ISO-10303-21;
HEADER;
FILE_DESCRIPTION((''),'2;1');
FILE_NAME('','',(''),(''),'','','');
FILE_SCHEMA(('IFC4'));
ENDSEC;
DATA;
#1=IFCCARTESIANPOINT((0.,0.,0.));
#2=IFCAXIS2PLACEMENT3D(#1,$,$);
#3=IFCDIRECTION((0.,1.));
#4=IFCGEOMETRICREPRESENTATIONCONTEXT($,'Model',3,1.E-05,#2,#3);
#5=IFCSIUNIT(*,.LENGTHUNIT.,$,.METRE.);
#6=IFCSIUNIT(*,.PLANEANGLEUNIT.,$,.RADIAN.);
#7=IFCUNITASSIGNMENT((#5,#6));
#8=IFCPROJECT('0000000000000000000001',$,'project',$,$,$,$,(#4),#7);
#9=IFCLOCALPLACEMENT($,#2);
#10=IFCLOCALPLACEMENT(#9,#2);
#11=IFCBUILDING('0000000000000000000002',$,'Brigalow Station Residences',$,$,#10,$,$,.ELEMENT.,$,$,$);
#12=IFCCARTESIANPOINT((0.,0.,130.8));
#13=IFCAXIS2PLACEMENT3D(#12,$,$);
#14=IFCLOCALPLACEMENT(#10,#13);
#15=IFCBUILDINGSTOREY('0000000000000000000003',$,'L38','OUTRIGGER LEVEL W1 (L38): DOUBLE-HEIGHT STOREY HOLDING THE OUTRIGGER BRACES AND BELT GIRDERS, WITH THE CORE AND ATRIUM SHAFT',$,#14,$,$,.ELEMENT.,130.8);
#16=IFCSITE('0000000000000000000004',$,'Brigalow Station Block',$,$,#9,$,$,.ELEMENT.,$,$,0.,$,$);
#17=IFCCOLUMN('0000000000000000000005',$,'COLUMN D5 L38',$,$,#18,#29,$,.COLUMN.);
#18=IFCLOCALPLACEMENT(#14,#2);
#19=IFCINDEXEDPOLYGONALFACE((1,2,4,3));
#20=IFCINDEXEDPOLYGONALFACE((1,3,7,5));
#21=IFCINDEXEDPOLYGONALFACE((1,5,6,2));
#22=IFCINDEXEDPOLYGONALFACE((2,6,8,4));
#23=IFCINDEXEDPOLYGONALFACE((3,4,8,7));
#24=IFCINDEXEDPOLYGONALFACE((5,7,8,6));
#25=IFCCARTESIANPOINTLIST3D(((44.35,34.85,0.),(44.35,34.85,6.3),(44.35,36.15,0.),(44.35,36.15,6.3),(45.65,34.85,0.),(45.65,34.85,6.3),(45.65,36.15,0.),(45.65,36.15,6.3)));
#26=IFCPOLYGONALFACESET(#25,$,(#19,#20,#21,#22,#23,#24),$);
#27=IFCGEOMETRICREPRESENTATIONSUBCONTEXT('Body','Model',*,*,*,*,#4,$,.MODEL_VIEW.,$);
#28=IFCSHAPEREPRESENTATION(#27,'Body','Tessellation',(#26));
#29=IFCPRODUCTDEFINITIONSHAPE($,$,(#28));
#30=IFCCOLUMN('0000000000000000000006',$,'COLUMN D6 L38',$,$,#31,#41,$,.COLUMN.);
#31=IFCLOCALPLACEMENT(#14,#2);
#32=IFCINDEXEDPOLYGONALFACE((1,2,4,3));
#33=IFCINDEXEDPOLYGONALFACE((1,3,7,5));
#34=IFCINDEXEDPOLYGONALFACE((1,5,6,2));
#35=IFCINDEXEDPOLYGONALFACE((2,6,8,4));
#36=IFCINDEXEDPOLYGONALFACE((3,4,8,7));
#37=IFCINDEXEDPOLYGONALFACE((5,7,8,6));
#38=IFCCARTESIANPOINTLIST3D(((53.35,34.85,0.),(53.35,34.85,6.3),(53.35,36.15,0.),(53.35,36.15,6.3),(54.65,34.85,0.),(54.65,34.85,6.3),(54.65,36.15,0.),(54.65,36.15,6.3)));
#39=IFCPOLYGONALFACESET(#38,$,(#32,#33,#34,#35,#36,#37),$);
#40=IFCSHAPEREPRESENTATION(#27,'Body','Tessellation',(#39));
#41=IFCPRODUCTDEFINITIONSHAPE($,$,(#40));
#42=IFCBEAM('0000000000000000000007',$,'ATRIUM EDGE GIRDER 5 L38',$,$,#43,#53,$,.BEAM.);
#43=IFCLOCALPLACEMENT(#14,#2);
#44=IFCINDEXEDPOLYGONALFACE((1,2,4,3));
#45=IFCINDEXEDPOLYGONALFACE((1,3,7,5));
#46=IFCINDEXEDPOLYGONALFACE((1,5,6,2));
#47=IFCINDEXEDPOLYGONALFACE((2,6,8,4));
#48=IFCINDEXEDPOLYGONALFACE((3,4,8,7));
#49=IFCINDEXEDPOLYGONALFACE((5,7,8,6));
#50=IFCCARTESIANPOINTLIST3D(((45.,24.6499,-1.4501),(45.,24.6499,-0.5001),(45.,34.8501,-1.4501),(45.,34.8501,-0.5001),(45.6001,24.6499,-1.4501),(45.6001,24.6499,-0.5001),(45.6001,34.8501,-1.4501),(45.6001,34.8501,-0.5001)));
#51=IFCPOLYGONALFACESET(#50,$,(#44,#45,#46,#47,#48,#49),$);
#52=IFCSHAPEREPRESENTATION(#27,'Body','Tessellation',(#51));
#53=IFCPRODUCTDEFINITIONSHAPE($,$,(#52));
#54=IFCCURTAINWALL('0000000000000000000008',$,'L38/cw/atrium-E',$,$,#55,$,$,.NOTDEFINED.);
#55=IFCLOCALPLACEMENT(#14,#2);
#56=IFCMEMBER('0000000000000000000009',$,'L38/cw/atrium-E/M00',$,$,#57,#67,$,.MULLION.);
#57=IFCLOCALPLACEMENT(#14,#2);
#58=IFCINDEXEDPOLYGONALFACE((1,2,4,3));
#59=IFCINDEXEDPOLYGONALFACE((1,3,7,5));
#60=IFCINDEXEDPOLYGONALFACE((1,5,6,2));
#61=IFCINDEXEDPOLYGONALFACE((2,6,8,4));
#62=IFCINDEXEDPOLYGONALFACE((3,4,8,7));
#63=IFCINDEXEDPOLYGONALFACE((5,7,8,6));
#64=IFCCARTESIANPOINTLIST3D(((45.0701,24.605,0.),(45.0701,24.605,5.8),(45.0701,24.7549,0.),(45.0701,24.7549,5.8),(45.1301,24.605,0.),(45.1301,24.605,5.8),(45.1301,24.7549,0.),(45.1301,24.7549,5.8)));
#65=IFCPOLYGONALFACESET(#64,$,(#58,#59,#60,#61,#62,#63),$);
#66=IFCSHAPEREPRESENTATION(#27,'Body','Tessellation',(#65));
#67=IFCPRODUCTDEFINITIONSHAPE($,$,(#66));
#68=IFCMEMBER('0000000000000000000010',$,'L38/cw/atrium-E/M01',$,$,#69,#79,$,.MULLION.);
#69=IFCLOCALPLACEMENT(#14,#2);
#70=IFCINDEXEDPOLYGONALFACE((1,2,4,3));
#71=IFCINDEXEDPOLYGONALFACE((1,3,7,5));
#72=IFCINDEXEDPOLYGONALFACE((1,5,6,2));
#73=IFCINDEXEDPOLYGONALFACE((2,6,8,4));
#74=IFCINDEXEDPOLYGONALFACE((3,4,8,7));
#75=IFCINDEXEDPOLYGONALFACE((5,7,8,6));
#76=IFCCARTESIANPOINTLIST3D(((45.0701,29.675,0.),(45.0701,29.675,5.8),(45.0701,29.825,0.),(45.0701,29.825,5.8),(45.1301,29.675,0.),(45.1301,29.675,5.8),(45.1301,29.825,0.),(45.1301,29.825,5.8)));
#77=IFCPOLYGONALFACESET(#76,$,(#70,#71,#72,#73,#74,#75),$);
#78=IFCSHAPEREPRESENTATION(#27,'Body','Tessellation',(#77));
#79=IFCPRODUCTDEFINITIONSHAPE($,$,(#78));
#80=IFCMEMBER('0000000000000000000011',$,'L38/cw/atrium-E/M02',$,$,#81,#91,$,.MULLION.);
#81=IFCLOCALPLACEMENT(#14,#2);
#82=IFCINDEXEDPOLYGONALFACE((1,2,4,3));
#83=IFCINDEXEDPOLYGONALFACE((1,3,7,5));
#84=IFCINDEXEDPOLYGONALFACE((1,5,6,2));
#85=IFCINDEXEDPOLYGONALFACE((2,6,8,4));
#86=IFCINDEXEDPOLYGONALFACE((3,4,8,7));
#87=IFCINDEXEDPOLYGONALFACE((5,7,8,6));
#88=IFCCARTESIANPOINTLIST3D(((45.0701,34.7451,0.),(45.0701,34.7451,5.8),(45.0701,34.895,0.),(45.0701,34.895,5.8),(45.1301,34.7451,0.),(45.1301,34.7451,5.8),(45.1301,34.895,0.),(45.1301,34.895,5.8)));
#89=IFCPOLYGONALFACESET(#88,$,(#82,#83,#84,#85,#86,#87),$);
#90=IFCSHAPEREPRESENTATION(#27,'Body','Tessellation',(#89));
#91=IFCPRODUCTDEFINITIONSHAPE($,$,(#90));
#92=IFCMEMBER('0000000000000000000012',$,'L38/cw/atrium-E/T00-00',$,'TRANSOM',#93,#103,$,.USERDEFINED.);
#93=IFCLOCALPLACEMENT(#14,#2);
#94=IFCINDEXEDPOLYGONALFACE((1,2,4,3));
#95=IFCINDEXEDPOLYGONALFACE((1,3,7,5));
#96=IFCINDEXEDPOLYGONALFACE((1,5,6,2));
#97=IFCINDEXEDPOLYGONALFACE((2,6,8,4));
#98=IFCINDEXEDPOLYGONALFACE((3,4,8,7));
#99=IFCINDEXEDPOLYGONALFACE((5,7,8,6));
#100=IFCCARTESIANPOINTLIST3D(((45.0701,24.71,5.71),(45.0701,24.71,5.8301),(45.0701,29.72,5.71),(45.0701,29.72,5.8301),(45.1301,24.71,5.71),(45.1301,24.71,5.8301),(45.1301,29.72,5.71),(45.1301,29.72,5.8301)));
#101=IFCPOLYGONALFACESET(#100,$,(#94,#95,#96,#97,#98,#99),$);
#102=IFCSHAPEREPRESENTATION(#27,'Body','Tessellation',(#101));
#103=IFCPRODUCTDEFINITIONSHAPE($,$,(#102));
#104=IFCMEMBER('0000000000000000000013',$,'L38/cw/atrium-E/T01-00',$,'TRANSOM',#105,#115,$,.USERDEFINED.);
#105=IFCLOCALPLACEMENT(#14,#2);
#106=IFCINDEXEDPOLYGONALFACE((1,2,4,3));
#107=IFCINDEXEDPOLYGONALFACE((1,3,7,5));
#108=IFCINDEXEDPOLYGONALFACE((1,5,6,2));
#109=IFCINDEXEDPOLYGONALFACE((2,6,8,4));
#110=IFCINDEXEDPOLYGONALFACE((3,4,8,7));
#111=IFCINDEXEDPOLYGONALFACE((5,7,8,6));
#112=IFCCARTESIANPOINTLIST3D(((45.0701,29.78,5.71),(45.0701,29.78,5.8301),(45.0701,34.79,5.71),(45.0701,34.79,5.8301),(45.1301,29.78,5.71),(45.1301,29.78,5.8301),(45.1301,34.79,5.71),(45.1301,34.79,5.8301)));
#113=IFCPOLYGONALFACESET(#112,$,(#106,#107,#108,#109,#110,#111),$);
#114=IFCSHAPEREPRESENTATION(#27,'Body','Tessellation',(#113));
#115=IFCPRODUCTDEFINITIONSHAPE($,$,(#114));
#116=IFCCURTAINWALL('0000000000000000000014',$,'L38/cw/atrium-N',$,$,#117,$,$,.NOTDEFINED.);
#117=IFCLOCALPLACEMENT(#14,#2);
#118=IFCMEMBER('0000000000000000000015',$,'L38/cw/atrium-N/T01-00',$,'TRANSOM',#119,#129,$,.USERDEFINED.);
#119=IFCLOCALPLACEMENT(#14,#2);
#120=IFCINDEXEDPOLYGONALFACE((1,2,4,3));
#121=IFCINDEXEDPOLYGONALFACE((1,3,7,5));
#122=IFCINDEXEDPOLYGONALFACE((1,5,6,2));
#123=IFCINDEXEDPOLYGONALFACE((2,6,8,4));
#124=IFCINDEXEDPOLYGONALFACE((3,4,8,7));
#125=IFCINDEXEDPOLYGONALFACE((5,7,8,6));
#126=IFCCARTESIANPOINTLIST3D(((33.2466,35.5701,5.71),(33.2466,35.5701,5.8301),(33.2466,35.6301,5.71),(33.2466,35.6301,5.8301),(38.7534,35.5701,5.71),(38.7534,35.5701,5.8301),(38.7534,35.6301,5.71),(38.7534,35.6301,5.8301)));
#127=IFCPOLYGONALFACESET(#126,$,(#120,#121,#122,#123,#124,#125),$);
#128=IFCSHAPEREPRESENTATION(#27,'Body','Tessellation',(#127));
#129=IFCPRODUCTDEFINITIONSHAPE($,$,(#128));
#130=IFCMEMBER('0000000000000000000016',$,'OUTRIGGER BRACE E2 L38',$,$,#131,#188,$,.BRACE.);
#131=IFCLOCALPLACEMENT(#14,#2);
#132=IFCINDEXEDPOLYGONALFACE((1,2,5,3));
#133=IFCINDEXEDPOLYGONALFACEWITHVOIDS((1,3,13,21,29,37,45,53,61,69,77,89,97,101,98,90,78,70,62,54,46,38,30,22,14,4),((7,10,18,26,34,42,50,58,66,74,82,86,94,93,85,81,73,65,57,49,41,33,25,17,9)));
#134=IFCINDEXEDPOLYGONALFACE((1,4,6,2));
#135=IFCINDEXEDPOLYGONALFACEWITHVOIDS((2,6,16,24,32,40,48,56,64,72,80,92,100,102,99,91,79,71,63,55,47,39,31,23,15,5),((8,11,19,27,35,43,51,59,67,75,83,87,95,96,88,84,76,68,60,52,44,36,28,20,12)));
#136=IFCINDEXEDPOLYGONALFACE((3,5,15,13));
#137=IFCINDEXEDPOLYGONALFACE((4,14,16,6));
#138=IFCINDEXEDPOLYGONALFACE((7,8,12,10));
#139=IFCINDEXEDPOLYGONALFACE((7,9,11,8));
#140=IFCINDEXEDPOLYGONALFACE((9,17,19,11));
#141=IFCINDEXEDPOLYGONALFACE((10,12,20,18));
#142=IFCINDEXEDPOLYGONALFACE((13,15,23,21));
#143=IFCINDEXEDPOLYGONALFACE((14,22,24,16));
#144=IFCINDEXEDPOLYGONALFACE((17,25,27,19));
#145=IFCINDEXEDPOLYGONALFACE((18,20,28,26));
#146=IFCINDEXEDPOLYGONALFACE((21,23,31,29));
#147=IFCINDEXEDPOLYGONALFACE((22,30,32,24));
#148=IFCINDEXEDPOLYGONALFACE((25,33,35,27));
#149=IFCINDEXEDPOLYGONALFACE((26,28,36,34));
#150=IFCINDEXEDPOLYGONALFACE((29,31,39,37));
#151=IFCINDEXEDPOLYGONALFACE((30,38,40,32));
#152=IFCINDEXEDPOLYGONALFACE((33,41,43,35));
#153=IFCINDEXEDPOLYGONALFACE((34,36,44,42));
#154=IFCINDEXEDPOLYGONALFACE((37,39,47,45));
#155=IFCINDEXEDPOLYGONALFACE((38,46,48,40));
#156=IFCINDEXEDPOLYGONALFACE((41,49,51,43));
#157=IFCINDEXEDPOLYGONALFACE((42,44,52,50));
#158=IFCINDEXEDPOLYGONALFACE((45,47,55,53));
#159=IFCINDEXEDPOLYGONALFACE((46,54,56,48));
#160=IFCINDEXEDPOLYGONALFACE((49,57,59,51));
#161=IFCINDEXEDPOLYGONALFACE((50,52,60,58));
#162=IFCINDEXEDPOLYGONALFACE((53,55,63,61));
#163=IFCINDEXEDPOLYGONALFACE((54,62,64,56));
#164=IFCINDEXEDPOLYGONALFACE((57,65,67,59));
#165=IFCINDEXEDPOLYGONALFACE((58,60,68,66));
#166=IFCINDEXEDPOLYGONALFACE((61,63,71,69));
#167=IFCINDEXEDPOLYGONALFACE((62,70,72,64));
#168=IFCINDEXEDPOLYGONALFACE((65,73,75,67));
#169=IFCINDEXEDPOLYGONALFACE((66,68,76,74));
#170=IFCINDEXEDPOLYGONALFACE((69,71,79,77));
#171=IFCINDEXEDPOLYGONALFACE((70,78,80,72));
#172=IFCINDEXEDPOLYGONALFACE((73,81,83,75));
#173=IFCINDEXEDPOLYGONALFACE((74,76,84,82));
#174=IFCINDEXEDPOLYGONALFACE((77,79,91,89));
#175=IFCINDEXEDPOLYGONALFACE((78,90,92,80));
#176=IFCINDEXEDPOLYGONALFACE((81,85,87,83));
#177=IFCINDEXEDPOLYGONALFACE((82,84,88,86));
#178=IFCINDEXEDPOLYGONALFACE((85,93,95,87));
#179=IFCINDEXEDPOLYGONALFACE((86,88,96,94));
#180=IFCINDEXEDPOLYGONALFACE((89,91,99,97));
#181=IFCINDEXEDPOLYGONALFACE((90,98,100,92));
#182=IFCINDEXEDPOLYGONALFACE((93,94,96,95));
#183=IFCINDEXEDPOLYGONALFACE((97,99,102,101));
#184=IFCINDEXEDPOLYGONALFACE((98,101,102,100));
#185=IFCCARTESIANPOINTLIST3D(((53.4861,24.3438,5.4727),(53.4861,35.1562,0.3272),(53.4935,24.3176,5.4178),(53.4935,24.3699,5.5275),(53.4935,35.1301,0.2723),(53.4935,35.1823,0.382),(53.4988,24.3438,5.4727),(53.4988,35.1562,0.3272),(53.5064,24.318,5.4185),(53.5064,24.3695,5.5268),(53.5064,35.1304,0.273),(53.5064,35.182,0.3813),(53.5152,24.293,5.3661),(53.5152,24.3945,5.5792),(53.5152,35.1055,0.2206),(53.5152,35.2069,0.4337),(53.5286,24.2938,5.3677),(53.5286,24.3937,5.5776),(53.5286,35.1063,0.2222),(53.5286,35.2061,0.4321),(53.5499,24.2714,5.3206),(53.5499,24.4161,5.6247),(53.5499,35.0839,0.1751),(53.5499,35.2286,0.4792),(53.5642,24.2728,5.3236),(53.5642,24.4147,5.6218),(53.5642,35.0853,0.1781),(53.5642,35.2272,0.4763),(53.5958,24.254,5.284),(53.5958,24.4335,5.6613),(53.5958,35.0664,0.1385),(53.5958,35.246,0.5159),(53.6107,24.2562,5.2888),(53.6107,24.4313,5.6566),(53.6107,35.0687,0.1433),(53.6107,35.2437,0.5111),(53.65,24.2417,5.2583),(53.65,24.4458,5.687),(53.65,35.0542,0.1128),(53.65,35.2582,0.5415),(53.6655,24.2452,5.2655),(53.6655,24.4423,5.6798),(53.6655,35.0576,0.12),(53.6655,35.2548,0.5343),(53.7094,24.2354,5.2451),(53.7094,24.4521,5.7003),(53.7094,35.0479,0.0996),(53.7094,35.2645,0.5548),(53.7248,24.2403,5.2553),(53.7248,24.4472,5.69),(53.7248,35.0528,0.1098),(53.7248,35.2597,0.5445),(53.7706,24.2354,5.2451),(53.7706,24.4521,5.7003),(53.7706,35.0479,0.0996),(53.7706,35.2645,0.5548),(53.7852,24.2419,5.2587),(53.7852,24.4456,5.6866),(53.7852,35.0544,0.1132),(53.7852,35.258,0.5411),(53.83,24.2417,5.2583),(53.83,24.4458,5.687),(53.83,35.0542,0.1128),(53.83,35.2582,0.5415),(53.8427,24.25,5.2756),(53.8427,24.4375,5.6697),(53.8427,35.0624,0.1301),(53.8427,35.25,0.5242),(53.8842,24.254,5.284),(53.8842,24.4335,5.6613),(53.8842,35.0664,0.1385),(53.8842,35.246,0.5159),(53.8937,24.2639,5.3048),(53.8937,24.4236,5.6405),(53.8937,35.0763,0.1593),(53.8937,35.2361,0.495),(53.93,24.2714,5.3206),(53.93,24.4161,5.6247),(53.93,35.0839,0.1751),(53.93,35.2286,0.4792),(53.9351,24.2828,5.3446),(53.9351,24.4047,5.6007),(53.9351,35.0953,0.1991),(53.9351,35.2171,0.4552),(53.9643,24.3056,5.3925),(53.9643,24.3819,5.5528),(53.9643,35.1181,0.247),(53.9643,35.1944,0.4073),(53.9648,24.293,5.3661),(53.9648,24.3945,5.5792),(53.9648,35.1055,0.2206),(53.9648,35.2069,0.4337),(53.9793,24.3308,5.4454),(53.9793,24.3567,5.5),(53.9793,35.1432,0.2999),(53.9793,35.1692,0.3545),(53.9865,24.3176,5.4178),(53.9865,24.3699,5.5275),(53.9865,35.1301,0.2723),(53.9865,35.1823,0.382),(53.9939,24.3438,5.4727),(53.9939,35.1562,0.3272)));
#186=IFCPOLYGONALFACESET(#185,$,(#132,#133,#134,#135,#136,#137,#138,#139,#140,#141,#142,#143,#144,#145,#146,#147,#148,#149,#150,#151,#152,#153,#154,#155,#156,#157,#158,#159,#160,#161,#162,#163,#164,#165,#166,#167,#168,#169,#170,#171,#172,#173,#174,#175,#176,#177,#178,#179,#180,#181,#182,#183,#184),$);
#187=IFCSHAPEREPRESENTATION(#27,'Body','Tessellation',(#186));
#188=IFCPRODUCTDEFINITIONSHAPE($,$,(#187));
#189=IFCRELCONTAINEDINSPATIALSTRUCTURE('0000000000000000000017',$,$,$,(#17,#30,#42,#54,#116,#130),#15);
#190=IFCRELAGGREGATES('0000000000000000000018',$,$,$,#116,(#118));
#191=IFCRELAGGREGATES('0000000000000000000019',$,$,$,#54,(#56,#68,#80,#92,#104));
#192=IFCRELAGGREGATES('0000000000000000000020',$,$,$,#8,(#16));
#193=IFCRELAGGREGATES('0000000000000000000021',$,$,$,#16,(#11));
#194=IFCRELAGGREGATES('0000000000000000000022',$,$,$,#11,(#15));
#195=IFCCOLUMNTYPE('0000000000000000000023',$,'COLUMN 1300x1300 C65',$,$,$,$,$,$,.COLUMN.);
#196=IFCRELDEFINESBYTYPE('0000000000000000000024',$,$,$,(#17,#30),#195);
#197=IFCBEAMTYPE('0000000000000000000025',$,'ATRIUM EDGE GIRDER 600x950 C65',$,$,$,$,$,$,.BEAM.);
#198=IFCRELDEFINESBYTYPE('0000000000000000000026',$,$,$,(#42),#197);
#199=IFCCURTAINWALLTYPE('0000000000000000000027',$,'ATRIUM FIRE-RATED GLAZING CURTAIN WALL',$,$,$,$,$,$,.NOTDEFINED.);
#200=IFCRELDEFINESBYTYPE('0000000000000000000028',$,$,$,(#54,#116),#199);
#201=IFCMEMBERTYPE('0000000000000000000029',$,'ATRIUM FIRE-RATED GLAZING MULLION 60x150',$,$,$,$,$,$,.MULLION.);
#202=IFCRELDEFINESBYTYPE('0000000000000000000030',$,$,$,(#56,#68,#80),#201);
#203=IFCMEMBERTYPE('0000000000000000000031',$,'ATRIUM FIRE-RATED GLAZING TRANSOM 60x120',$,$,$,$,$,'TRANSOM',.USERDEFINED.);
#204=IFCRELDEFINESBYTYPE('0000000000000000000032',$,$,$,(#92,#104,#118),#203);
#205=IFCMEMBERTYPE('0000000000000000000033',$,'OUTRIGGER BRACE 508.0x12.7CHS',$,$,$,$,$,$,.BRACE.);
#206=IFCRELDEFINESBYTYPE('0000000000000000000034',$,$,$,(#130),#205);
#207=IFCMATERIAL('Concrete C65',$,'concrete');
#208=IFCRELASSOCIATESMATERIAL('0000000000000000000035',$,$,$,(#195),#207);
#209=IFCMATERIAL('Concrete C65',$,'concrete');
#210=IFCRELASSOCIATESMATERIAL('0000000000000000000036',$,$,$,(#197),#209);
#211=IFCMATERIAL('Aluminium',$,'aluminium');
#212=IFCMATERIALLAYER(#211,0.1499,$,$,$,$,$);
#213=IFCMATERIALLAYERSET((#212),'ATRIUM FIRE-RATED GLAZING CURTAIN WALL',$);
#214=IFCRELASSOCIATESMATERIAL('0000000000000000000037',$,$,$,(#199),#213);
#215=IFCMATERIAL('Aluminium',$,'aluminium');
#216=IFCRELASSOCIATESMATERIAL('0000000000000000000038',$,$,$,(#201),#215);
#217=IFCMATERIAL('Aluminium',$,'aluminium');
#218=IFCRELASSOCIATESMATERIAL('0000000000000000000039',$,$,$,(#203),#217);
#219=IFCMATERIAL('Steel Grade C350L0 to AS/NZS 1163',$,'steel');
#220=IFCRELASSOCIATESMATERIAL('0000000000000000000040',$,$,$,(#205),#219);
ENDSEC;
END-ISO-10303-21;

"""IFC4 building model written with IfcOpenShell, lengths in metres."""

from ifc_helpers import new_model, si_unit, direction, frame, origin, origin_2d, place, context, subcontext, project, spatial, rectangle, hollow_circle, extrude, material, layer, layer_set, material_profile, profile_set, type_object, element, aggregate, save


model = new_model("IFC4")

# Units and contexts
model_context = context("Model", 3, precision=1e-05, world=origin(), true_north=direction((0.0, 1.0)))
body_context = subcontext(model_context, "Body", "Model", "MODEL_VIEW")
ifc_project = project(units=[si_unit("LENGTHUNIT", "METRE"), si_unit("PLANEANGLEUNIT", "RADIAN")], contexts=[model_context])

# Site, building, storey
site_placement = place(None, origin())
site = spatial("IfcSite", under=ifc_project, at=site_placement, Name="Brigalow Station Block", CompositionType="ELEMENT", RefElevation=0.0)
building_placement = place(site_placement, origin())
building = spatial("IfcBuilding", under=site, at=building_placement, Name="Brigalow Station Residences", CompositionType="ELEMENT")
storey_placement = place(building_placement, frame((0.0, 0.0, 130.8)))
storey = spatial("IfcBuildingStorey", under=building, at=storey_placement, Name="L38", Description="OUTRIGGER LEVEL W1 (L38): DOUBLE-HEIGHT STOREY HOLDING THE OUTRIGGER BRACES AND BELT GIRDERS, WITH THE CORE AND ATRIUM SHAFT", CompositionType="ELEMENT", Elevation=130.8)

# Columns
ifc_material_1 = material(Name="Concrete C65", Category="concrete")
ifc_material_profile_1 = material_profile(ifc_material_1, rectangle(XDim=1.3, YDim=1.3, at=origin_2d()), Name="RC1300x1300")
ifc_profile_set_1 = profile_set([ifc_material_profile_1], Name="Concrete C65")
column_type = type_object("IfcColumnType", Name="COLUMN 1300x1300 C65", PredefinedType="COLUMN", material=ifc_profile_set_1)
for number, where, z_axis, x_axis, name in (
    (1, (45.0, 35.5, 0.0), (0.0, 0.0, 1.0), (1.0, 0.0, 0.0), "COLUMN D5 L38"),
    (2, (54.0, 35.5, 0.0), (0.0, 0.0, 1.0), (1.0, 0.0, 0.0), "COLUMN D6 L38"),
):
    element("IfcColumn", number, at=place(storey_placement, frame(where, z_axis=z_axis, x_axis=x_axis)), inside=storey, type_object=column_type, Name=name, PredefinedType="COLUMN", context=body_context, shape_type="SweptSolid", body=[
        extrude(rectangle(XDim=1.3, YDim=1.3, at=origin_2d()), origin(), (0.0, 0.0, 1.0), 6.3),
    ])

# Beam
ifc_material_2 = material(Name="Concrete C65", Category="concrete")
ifc_material_profile_2 = material_profile(ifc_material_2, rectangle(XDim=0.6001, YDim=0.95, at=origin_2d()), Name="RC600x950")
ifc_profile_set_2 = profile_set([ifc_material_profile_2], Name="Concrete C65")
beam_type = type_object("IfcBeamType", Name="ATRIUM EDGE GIRDER 600x950 C65", PredefinedType="BEAM", material=ifc_profile_set_2)
beam_placement = place(storey_placement, frame((45.3, 24.6499, -0.9751), z_axis=(0.0, 1.0, 0.0), x_axis=(-1.0, 0.0, 0.0)))
element("IfcBeam", 3, at=beam_placement, inside=storey, type_object=beam_type, Name="ATRIUM EDGE GIRDER 5 L38", PredefinedType="BEAM", context=body_context, shape_type="SweptSolid", body=[
    extrude(rectangle(XDim=0.6001, YDim=0.95, at=origin_2d()), origin(), (0.0, 0.0, 1.0), 10.2002),
])

# Curtain wall, members
ifc_material_3 = material(Name="Aluminium", Category="aluminium")
ifc_layer_1 = layer(ifc_material_3, 0.1499)
ifc_layer_set_1 = layer_set([ifc_layer_1], Name="ATRIUM FIRE-RATED GLAZING CURTAIN WALL")
curtain_wall_type = type_object("IfcCurtainWallType", Name="ATRIUM FIRE-RATED GLAZING CURTAIN WALL", PredefinedType="NOTDEFINED", material=ifc_layer_set_1)
curtain_wall_1_placement = place(storey_placement, origin())
curtain_wall_1 = element("IfcCurtainWall", 4, at=curtain_wall_1_placement, inside=storey, type_object=curtain_wall_type, Name="L38/cw/atrium-E", PredefinedType="NOTDEFINED")
ifc_material_4 = material(Name="Aluminium", Category="aluminium")
ifc_material_profile_3 = material_profile(ifc_material_4, rectangle(XDim=0.0601, YDim=0.1499, at=origin_2d()), Name="ATRIUM FIRE-RATED GLAZING MULLION 60x150")
ifc_profile_set_3 = profile_set([ifc_material_profile_3], Name="Aluminium")
member_type_1 = type_object("IfcMemberType", Name="ATRIUM FIRE-RATED GLAZING MULLION 60x150", PredefinedType="MULLION", material=ifc_profile_set_3)
member_1_placement = place(storey_placement, frame((45.1001, 24.6799, 0.0), z_axis=(0.0, 0.0, 1.0), x_axis=(-1.0, 0.0, 0.0)))
member_1 = element("IfcMember", 5, at=member_1_placement, type_object=member_type_1, Name="L38/cw/atrium-E/M00", PredefinedType="MULLION", context=body_context, shape_type="SweptSolid", body=[
    extrude(rectangle(XDim=0.0601, YDim=0.1499, at=origin_2d()), origin(), (0.0, 0.0, 1.0), 5.8),
])
member_2_placement = place(storey_placement, frame((45.1001, 29.75, 0.0), z_axis=(0.0, 0.0, 1.0), x_axis=(-1.0, 0.0, 0.0)))
member_2 = element("IfcMember", 6, at=member_2_placement, type_object=member_type_1, Name="L38/cw/atrium-E/M01", PredefinedType="MULLION", context=body_context, shape_type="SweptSolid", body=[
    extrude(rectangle(XDim=0.0601, YDim=0.1499, at=origin_2d()), origin(), (0.0, 0.0, 1.0), 5.8),
])
member_3_placement = place(storey_placement, frame((45.1001, 34.8201, 0.0), z_axis=(0.0, 0.0, 1.0), x_axis=(-1.0, 0.0, 0.0)))
member_3 = element("IfcMember", 7, at=member_3_placement, type_object=member_type_1, Name="L38/cw/atrium-E/M02", PredefinedType="MULLION", context=body_context, shape_type="SweptSolid", body=[
    extrude(rectangle(XDim=0.0601, YDim=0.1499, at=origin_2d()), origin(), (0.0, 0.0, 1.0), 5.8),
])
ifc_material_5 = material(Name="Aluminium", Category="aluminium")
ifc_material_profile_4 = material_profile(ifc_material_5, rectangle(XDim=0.0601, YDim=0.1201, at=origin_2d()), Name="ATRIUM FIRE-RATED GLAZING TRANSOM 60x120")
ifc_profile_set_4 = profile_set([ifc_material_profile_4], Name="Aluminium")
member_type_2 = type_object("IfcMemberType", Name="ATRIUM FIRE-RATED GLAZING TRANSOM 60x120", ElementType="TRANSOM", PredefinedType="USERDEFINED", material=ifc_profile_set_4)
member_4_placement = place(storey_placement, frame((45.1001, 24.71, 5.77), z_axis=(0.0, 1.0, 0.0), x_axis=(-1.0, 0.0, 0.0)))
member_4 = element("IfcMember", 8, at=member_4_placement, type_object=member_type_2, Name="L38/cw/atrium-E/T00-00", ObjectType="TRANSOM", PredefinedType="USERDEFINED", context=body_context, shape_type="SweptSolid", body=[
    extrude(rectangle(XDim=0.0601, YDim=0.1201, at=origin_2d()), origin(), (0.0, 0.0, 1.0), 5.01),
])
member_5_placement = place(storey_placement, frame((45.1001, 29.78, 5.77), z_axis=(0.0, 1.0, 0.0), x_axis=(-1.0, 0.0, 0.0)))
member_5 = element("IfcMember", 9, at=member_5_placement, type_object=member_type_2, Name="L38/cw/atrium-E/T01-00", ObjectType="TRANSOM", PredefinedType="USERDEFINED", context=body_context, shape_type="SweptSolid", body=[
    extrude(rectangle(XDim=0.0601, YDim=0.1201, at=origin_2d()), origin(), (0.0, 0.0, 1.0), 5.01),
])

# Curtain wall, member
curtain_wall_2_placement = place(storey_placement, origin())
curtain_wall_2 = element("IfcCurtainWall", 10, at=curtain_wall_2_placement, inside=storey, type_object=curtain_wall_type, Name="L38/cw/atrium-N", PredefinedType="NOTDEFINED")
member_6_placement = place(storey_placement, frame((38.7534, 35.6001, 5.77), z_axis=(-1.0, 0.0, 0.0), x_axis=(0.0, -1.0, 0.0)))
member_6 = element("IfcMember", 11, at=member_6_placement, type_object=member_type_2, Name="L38/cw/atrium-N/T01-00", ObjectType="TRANSOM", PredefinedType="USERDEFINED", context=body_context, shape_type="SweptSolid", body=[
    extrude(rectangle(XDim=0.0601, YDim=0.1201, at=origin_2d()), origin(), (0.0, 0.0, 1.0), 5.5068),
])
aggregate(curtain_wall_2, [member_6])

# Member
ifc_material_6 = material(Name="Steel Grade C350L0 to AS/NZS 1163", Category="steel")
ifc_material_profile_5 = material_profile(ifc_material_6, hollow_circle(Radius=0.2539, WallThickness=0.0127, at=origin_2d()), Name="508.0x12.7CHS")
ifc_profile_set_5 = profile_set([ifc_material_profile_5], Name="Steel Grade C350L0 to AS/NZS 1163")
member_type_3 = type_object("IfcMemberType", Name="OUTRIGGER BRACE 508.0x12.7CHS", PredefinedType="BRACE", material=ifc_profile_set_5)
member_7_placement = place(storey_placement, frame((53.74, 24.3438, 5.4727), z_axis=(0.0, 0.902968, -0.429709), x_axis=(-1.0, 0.0, 0.0)))
element("IfcMember", 12, at=member_7_placement, inside=storey, type_object=member_type_3, Name="OUTRIGGER BRACE E2 L38", PredefinedType="BRACE", context=body_context, shape_type="SweptSolid", body=[
    extrude(hollow_circle(Radius=0.2539, WallThickness=0.0127, at=origin_2d()), origin(), (0.0, 0.0, 1.0), 11.9744),
])

aggregate(curtain_wall_1, [member_1, member_2, member_3, member_4, member_5])

save(model, "model.ifc")
